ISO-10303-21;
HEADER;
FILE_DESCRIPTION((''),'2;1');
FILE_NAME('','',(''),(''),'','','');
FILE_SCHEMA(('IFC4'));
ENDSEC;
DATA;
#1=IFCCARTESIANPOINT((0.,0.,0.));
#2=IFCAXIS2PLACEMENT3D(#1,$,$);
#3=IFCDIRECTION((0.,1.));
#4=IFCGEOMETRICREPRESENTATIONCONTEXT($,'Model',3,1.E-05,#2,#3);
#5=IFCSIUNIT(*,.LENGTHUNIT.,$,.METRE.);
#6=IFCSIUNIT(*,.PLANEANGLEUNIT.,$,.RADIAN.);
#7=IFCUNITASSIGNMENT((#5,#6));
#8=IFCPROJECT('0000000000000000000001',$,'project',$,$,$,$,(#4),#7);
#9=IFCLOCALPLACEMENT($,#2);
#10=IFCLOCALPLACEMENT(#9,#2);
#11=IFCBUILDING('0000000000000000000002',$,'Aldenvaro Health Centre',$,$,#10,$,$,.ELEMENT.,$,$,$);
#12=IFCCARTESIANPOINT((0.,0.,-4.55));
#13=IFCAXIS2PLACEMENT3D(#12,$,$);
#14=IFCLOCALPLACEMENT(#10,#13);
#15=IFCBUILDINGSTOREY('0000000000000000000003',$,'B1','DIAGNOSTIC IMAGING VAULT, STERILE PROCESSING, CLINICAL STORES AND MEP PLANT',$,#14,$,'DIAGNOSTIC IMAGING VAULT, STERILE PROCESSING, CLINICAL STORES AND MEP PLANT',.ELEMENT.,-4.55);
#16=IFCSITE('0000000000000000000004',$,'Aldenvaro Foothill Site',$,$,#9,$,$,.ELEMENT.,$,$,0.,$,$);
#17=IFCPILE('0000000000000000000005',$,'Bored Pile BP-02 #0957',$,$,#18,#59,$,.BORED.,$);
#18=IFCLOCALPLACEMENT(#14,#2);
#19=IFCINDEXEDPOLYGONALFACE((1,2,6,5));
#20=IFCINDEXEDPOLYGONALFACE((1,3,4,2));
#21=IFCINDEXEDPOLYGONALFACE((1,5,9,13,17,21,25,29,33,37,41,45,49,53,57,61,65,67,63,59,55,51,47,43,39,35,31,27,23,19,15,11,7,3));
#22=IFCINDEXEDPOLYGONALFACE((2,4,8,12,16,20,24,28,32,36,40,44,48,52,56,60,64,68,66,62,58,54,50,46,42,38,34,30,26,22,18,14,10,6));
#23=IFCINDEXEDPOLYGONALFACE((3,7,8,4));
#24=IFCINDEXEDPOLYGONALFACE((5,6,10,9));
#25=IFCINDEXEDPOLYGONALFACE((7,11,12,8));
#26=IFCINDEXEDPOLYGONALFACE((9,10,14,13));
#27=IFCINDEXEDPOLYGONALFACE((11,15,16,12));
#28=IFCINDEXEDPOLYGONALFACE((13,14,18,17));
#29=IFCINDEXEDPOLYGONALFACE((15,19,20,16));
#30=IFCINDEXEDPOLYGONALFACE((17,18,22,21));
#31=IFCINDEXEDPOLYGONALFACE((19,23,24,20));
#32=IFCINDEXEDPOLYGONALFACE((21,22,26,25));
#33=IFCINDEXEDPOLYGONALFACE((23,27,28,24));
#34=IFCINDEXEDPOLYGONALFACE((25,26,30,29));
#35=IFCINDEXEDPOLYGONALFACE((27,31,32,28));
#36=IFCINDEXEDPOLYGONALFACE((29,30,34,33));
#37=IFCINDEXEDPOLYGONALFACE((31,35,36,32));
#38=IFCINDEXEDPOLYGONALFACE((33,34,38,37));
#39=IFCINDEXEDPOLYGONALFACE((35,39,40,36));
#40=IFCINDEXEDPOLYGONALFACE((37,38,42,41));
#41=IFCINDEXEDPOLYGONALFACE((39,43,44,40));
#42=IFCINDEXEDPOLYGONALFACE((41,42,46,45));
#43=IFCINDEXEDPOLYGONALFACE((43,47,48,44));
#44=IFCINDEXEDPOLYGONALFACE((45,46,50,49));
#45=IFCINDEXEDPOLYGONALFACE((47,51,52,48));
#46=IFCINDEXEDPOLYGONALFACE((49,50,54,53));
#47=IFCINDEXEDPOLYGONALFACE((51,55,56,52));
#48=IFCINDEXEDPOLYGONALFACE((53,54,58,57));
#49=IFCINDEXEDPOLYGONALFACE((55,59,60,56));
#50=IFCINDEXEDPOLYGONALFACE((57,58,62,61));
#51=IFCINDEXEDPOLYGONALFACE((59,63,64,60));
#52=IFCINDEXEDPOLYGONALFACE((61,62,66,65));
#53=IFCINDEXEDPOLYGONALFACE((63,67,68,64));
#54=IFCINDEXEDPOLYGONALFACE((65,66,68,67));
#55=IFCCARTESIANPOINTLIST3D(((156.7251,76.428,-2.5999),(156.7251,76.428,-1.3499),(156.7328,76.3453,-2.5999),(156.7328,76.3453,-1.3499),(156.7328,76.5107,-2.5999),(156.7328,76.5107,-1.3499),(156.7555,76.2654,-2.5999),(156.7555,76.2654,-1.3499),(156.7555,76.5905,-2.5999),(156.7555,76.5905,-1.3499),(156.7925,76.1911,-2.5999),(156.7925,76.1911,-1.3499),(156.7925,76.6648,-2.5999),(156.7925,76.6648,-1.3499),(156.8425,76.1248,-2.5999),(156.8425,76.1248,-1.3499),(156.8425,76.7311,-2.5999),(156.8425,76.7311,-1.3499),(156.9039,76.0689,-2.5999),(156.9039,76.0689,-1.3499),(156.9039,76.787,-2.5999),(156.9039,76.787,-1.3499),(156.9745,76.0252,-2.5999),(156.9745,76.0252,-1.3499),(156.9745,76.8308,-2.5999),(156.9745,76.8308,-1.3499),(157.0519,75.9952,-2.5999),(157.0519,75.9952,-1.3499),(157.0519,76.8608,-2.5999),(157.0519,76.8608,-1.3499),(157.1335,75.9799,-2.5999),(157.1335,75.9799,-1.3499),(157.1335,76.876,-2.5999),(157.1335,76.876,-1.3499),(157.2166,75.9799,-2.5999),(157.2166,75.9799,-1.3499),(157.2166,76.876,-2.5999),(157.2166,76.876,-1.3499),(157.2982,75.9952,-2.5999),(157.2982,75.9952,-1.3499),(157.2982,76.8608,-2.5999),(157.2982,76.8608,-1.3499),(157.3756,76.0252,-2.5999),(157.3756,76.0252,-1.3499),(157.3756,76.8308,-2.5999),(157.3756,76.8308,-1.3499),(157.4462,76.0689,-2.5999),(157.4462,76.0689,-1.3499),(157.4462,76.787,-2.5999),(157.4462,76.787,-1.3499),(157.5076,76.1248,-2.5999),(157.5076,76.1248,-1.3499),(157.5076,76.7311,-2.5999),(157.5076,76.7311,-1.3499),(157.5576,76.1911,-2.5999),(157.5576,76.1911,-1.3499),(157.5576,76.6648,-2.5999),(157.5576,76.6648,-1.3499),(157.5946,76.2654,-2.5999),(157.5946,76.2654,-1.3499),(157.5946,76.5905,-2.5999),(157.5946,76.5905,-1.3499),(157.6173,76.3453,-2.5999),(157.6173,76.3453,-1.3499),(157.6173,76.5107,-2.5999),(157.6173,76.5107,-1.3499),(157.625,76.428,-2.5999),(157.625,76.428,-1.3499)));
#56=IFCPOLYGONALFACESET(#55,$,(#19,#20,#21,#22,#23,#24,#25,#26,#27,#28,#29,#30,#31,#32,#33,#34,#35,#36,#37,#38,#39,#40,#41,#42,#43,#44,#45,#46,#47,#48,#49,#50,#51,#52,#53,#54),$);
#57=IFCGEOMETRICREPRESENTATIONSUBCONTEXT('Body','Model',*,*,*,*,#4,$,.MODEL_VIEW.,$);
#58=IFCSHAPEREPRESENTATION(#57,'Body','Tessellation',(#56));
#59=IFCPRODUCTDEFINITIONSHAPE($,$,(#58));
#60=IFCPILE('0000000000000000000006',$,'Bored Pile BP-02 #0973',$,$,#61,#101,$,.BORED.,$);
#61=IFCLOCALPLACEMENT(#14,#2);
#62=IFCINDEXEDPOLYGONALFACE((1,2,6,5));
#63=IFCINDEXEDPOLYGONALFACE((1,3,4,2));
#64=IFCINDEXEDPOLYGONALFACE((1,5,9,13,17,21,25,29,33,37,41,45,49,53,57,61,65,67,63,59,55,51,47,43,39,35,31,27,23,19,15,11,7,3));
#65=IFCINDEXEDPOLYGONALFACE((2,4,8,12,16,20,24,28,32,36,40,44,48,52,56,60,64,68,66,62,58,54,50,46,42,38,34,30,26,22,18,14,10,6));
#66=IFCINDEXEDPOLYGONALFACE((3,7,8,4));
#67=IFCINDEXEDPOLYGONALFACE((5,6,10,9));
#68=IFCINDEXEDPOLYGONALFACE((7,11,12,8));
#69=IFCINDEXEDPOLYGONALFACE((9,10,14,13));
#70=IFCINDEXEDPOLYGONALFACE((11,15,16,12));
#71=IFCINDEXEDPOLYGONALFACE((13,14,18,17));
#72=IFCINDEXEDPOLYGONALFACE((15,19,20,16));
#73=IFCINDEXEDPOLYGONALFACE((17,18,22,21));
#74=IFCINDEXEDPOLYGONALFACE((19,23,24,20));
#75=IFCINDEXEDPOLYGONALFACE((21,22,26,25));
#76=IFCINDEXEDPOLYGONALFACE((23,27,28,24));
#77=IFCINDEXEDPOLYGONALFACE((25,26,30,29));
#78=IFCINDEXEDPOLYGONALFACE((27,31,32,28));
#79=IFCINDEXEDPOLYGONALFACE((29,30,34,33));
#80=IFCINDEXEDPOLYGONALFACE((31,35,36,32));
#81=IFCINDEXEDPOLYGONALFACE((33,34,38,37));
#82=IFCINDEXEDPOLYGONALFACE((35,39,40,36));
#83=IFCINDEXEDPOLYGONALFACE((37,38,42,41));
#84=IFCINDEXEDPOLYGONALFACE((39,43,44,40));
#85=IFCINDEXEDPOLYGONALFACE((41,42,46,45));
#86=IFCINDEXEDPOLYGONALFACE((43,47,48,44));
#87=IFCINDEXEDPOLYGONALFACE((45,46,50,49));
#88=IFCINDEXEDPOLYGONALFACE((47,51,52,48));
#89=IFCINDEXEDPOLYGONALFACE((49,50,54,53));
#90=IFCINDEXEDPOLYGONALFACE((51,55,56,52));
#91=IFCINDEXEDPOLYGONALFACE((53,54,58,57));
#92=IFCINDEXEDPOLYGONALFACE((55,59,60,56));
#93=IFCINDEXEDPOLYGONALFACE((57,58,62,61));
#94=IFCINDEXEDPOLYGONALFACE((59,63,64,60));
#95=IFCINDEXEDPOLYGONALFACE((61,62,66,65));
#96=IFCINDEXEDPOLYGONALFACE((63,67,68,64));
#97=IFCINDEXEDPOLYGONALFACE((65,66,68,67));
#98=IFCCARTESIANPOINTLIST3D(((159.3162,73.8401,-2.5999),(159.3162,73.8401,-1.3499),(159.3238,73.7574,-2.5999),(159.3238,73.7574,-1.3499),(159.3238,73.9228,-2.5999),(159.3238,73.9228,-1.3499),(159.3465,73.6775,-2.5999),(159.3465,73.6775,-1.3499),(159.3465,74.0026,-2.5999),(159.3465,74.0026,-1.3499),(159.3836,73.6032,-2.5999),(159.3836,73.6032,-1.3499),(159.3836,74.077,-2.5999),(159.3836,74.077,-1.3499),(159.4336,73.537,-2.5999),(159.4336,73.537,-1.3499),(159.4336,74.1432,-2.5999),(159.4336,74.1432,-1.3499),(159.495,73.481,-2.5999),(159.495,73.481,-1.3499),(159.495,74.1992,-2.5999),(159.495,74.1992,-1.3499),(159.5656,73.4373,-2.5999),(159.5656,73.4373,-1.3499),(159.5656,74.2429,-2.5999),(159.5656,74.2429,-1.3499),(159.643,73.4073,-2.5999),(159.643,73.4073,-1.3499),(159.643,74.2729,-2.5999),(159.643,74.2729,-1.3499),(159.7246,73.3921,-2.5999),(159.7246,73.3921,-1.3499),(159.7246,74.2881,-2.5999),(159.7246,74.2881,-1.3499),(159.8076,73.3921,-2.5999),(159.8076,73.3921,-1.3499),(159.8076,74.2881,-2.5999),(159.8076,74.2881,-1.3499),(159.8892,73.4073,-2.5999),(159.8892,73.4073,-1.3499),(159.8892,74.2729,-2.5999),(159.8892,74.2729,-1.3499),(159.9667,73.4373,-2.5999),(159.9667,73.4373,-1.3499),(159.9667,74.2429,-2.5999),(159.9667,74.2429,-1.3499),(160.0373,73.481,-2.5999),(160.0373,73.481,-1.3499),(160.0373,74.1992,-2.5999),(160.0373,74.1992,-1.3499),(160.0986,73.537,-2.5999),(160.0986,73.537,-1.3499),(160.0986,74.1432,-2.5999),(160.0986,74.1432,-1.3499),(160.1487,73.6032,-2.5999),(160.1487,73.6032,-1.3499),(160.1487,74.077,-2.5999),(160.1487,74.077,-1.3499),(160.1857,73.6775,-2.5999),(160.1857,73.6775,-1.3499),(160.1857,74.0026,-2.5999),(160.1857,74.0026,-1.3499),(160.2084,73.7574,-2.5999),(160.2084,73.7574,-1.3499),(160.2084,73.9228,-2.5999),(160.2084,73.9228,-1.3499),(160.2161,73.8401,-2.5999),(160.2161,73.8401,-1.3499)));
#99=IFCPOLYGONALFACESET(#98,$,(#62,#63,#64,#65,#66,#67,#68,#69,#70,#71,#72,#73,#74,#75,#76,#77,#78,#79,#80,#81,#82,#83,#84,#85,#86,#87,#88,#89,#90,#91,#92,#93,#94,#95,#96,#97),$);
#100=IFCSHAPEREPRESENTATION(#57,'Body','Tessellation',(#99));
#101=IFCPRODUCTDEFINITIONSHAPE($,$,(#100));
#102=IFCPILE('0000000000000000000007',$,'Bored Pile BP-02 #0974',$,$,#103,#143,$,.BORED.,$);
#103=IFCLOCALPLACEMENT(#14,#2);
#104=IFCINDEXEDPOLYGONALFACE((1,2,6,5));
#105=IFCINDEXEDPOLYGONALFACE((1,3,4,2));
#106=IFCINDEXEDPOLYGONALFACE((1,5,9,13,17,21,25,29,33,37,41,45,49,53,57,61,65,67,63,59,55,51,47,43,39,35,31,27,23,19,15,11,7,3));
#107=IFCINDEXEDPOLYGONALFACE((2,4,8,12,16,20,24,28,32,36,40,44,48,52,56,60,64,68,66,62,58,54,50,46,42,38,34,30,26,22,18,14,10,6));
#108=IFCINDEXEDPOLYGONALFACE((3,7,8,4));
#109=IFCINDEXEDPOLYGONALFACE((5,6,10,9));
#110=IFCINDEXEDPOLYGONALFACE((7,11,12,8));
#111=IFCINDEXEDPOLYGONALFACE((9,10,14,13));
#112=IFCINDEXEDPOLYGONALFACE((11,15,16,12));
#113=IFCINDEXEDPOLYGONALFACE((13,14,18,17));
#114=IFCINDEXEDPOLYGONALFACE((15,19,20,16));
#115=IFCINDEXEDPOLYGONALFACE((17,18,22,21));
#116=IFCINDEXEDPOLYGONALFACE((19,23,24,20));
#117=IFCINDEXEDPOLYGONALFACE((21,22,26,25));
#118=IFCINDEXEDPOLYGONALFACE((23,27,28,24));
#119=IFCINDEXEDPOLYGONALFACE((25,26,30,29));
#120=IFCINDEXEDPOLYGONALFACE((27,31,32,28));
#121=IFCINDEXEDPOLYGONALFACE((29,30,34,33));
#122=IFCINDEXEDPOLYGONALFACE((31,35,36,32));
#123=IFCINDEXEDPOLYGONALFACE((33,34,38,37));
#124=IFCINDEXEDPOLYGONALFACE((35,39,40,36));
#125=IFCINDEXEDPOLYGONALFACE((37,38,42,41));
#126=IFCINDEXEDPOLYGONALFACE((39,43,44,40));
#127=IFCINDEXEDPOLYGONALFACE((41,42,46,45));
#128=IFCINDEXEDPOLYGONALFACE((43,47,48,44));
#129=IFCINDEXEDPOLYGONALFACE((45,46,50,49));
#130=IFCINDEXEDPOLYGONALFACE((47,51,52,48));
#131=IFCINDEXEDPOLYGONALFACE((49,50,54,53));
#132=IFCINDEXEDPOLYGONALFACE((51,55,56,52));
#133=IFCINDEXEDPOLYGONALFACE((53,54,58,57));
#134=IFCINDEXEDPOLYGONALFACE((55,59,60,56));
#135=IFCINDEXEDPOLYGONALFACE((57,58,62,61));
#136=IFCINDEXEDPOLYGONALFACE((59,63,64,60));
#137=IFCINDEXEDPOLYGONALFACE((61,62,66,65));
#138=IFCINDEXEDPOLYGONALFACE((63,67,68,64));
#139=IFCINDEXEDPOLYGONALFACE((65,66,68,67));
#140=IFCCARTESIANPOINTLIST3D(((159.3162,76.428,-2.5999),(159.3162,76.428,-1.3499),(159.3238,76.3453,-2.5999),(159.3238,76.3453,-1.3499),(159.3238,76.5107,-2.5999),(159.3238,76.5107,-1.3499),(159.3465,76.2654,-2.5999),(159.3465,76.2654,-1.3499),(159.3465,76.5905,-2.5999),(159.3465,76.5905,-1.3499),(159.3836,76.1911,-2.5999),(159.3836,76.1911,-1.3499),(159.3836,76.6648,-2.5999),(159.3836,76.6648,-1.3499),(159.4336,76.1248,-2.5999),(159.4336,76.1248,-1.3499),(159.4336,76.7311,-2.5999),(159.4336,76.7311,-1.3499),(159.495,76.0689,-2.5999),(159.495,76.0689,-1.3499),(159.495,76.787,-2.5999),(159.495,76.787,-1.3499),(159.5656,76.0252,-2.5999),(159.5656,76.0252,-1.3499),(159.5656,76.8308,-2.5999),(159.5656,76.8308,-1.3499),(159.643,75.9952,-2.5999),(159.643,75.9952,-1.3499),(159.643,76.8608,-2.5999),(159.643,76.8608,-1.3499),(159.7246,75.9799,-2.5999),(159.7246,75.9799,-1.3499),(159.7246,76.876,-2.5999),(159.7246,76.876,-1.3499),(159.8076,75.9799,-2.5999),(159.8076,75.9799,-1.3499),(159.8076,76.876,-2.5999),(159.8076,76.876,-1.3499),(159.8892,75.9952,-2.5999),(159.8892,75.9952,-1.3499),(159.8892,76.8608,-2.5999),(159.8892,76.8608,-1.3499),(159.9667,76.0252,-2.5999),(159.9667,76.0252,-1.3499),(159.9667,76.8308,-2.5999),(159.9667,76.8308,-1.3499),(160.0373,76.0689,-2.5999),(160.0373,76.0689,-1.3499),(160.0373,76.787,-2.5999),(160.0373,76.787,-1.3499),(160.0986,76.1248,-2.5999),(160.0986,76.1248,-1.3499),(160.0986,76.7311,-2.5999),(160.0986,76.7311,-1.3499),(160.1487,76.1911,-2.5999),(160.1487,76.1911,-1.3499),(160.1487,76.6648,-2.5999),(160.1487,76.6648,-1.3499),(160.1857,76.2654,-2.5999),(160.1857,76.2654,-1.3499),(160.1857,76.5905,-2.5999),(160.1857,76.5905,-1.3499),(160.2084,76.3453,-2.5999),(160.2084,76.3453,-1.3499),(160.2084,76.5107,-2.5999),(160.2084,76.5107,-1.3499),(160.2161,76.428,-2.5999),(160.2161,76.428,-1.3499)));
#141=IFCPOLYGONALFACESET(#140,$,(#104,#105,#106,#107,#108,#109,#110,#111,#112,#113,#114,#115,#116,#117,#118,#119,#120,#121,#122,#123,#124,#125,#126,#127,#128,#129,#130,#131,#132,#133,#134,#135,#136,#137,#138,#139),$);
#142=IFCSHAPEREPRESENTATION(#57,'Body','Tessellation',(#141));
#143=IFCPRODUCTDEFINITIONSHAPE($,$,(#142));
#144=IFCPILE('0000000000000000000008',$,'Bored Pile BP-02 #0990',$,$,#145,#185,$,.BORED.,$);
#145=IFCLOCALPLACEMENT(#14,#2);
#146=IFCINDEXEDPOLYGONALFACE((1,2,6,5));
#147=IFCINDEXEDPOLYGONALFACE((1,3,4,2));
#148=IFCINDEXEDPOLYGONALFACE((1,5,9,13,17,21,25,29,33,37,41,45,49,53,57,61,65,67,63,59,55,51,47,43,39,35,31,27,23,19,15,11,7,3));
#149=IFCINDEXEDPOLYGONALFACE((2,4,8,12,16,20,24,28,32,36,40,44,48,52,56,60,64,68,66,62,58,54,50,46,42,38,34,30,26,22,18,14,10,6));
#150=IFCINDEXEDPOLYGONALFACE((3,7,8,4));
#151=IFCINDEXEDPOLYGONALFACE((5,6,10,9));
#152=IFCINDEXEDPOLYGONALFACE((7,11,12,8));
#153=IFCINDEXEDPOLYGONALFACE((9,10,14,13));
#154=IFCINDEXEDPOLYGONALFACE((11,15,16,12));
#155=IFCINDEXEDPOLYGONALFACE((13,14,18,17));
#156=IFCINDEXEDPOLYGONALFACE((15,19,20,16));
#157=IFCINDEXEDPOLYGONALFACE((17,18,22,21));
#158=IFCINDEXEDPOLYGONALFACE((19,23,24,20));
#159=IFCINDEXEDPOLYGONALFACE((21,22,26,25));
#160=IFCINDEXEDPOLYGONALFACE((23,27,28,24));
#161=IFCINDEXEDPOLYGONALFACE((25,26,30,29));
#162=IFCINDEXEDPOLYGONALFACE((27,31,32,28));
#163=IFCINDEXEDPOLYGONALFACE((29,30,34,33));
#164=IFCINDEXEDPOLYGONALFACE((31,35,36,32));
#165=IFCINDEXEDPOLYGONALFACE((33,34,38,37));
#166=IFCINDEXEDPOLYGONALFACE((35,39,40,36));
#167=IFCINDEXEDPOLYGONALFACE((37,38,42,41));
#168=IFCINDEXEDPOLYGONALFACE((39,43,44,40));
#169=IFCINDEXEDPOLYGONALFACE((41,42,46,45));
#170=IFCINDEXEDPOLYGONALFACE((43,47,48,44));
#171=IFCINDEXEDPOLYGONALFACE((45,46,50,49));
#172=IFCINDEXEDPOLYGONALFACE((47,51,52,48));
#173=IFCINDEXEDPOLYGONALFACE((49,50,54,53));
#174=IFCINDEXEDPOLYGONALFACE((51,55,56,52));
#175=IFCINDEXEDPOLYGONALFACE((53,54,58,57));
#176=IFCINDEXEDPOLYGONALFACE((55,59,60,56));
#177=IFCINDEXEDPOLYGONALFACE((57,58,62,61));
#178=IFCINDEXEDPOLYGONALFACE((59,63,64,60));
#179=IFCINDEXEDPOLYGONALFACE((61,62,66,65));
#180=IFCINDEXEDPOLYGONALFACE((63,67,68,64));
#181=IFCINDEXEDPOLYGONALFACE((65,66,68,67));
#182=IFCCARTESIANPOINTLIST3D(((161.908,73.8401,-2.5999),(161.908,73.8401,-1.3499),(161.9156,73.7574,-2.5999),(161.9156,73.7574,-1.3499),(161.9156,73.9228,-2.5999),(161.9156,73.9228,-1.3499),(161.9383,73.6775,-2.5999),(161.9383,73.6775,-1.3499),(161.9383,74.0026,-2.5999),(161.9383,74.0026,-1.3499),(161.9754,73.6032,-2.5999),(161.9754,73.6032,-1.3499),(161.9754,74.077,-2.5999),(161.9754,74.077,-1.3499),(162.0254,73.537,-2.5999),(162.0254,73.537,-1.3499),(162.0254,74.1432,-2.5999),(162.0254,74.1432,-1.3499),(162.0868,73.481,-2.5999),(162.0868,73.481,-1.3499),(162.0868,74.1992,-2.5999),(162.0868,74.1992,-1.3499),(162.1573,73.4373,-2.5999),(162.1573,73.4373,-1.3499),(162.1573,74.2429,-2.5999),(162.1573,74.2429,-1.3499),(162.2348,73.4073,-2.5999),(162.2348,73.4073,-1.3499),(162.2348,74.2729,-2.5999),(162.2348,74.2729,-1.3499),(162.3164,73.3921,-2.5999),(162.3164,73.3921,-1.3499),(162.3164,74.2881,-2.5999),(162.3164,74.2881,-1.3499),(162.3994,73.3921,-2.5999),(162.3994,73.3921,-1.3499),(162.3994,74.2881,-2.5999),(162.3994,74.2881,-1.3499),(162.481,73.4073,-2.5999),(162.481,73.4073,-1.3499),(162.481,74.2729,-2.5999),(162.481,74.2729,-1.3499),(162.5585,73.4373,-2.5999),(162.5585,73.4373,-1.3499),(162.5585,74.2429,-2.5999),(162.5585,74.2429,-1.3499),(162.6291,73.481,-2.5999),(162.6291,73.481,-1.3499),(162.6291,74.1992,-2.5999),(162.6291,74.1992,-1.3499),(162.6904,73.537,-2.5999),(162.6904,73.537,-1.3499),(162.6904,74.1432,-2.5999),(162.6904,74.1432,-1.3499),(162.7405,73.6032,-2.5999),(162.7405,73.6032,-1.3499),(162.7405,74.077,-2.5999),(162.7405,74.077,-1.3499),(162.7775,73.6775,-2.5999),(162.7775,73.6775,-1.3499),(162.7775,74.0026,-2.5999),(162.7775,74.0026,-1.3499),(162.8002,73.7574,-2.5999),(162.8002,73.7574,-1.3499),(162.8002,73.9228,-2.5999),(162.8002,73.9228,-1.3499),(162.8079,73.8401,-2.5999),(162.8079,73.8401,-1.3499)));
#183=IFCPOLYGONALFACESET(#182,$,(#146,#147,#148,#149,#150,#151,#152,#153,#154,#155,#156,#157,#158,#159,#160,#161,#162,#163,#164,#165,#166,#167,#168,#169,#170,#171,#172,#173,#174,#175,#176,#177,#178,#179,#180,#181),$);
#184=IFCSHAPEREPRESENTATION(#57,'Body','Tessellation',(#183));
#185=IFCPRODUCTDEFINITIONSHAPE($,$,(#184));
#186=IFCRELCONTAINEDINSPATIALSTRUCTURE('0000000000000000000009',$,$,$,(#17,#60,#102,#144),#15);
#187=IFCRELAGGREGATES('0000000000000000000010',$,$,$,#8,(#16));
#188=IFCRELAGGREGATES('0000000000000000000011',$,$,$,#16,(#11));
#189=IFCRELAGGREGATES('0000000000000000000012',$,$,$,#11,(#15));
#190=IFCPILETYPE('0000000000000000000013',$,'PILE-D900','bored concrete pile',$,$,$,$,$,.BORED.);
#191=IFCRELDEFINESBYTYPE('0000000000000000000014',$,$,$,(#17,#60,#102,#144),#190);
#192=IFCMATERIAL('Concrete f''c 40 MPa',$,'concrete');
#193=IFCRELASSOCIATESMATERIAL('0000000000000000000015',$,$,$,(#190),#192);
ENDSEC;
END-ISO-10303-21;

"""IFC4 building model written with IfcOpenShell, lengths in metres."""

from ifc_helpers import new_model, si_unit, direction, frame, origin, origin_2d, place, context, subcontext, project, spatial, circle, extrude, material, material_profile, profile_set, type_object, element, save


model = new_model("IFC4")

# Units and contexts
model_context = context("Model", 3, precision=1e-05, world=origin(), true_north=direction((0.0, 1.0)))
body_context = subcontext(model_context, "Body", "Model", "MODEL_VIEW")
ifc_project = project(units=[si_unit("LENGTHUNIT", "METRE"), si_unit("PLANEANGLEUNIT", "RADIAN")], contexts=[model_context])

# Site, building, storey
site_placement = place(None, origin())
site = spatial("IfcSite", under=ifc_project, at=site_placement, Name="Aldenvaro Foothill Site", CompositionType="ELEMENT", RefElevation=0.0)
building_placement = place(site_placement, origin())
building = spatial("IfcBuilding", under=site, at=building_placement, Name="Aldenvaro Health Centre", CompositionType="ELEMENT")
storey_placement = place(building_placement, frame((0.0, 0.0, -4.55)))
storey = spatial("IfcBuildingStorey", under=building, at=storey_placement, Name="B1", Description="DIAGNOSTIC IMAGING VAULT, STERILE PROCESSING, CLINICAL STORES AND MEP PLANT", LongName="DIAGNOSTIC IMAGING VAULT, STERILE PROCESSING, CLINICAL STORES AND MEP PLANT", CompositionType="ELEMENT", Elevation=-4.55)

# Piles
ifc_material_1 = material(Name="Concrete f'c 40 MPa", Category="concrete")
ifc_material_profile_1 = material_profile(ifc_material_1, circle(Radius=0.45, at=origin_2d()), Name="PILE D900", Category="concrete")
ifc_profile_set_1 = profile_set([ifc_material_profile_1], Name="Concrete f'c 40 MPa")
pile_type = type_object("IfcPileType", Name="PILE-D900", Description="bored concrete pile", PredefinedType="BORED", material=ifc_profile_set_1)
for number, where, z_axis, x_axis, name in (
    (1, (157.175, 76.428, -1.3499), (0.0, 0.0, -1.0), (1.0, 0.0, 0.0), "Bored Pile BP-02 #0957"),
    (2, (159.7661, 73.8401, -1.3499), (0.0, 0.0, -1.0), (1.0, 0.0, 0.0), "Bored Pile BP-02 #0973"),
    (3, (159.7661, 76.428, -1.3499), (0.0, 0.0, -1.0), (1.0, 0.0, 0.0), "Bored Pile BP-02 #0974"),
    (4, (162.3579, 73.8401, -1.3499), (0.0, 0.0, -1.0), (1.0, 0.0, 0.0), "Bored Pile BP-02 #0990"),
):
    element("IfcPile", number, at=place(storey_placement, frame(where, z_axis=z_axis, x_axis=x_axis)), inside=storey, type_object=pile_type, Name=name, PredefinedType="BORED", context=body_context, shape_type="SweptSolid", body=[
        extrude(circle(Radius=0.45, at=origin_2d()), origin(), (0.0, 0.0, 1.0), 1.25),
    ])

save(model, "model.ifc")
